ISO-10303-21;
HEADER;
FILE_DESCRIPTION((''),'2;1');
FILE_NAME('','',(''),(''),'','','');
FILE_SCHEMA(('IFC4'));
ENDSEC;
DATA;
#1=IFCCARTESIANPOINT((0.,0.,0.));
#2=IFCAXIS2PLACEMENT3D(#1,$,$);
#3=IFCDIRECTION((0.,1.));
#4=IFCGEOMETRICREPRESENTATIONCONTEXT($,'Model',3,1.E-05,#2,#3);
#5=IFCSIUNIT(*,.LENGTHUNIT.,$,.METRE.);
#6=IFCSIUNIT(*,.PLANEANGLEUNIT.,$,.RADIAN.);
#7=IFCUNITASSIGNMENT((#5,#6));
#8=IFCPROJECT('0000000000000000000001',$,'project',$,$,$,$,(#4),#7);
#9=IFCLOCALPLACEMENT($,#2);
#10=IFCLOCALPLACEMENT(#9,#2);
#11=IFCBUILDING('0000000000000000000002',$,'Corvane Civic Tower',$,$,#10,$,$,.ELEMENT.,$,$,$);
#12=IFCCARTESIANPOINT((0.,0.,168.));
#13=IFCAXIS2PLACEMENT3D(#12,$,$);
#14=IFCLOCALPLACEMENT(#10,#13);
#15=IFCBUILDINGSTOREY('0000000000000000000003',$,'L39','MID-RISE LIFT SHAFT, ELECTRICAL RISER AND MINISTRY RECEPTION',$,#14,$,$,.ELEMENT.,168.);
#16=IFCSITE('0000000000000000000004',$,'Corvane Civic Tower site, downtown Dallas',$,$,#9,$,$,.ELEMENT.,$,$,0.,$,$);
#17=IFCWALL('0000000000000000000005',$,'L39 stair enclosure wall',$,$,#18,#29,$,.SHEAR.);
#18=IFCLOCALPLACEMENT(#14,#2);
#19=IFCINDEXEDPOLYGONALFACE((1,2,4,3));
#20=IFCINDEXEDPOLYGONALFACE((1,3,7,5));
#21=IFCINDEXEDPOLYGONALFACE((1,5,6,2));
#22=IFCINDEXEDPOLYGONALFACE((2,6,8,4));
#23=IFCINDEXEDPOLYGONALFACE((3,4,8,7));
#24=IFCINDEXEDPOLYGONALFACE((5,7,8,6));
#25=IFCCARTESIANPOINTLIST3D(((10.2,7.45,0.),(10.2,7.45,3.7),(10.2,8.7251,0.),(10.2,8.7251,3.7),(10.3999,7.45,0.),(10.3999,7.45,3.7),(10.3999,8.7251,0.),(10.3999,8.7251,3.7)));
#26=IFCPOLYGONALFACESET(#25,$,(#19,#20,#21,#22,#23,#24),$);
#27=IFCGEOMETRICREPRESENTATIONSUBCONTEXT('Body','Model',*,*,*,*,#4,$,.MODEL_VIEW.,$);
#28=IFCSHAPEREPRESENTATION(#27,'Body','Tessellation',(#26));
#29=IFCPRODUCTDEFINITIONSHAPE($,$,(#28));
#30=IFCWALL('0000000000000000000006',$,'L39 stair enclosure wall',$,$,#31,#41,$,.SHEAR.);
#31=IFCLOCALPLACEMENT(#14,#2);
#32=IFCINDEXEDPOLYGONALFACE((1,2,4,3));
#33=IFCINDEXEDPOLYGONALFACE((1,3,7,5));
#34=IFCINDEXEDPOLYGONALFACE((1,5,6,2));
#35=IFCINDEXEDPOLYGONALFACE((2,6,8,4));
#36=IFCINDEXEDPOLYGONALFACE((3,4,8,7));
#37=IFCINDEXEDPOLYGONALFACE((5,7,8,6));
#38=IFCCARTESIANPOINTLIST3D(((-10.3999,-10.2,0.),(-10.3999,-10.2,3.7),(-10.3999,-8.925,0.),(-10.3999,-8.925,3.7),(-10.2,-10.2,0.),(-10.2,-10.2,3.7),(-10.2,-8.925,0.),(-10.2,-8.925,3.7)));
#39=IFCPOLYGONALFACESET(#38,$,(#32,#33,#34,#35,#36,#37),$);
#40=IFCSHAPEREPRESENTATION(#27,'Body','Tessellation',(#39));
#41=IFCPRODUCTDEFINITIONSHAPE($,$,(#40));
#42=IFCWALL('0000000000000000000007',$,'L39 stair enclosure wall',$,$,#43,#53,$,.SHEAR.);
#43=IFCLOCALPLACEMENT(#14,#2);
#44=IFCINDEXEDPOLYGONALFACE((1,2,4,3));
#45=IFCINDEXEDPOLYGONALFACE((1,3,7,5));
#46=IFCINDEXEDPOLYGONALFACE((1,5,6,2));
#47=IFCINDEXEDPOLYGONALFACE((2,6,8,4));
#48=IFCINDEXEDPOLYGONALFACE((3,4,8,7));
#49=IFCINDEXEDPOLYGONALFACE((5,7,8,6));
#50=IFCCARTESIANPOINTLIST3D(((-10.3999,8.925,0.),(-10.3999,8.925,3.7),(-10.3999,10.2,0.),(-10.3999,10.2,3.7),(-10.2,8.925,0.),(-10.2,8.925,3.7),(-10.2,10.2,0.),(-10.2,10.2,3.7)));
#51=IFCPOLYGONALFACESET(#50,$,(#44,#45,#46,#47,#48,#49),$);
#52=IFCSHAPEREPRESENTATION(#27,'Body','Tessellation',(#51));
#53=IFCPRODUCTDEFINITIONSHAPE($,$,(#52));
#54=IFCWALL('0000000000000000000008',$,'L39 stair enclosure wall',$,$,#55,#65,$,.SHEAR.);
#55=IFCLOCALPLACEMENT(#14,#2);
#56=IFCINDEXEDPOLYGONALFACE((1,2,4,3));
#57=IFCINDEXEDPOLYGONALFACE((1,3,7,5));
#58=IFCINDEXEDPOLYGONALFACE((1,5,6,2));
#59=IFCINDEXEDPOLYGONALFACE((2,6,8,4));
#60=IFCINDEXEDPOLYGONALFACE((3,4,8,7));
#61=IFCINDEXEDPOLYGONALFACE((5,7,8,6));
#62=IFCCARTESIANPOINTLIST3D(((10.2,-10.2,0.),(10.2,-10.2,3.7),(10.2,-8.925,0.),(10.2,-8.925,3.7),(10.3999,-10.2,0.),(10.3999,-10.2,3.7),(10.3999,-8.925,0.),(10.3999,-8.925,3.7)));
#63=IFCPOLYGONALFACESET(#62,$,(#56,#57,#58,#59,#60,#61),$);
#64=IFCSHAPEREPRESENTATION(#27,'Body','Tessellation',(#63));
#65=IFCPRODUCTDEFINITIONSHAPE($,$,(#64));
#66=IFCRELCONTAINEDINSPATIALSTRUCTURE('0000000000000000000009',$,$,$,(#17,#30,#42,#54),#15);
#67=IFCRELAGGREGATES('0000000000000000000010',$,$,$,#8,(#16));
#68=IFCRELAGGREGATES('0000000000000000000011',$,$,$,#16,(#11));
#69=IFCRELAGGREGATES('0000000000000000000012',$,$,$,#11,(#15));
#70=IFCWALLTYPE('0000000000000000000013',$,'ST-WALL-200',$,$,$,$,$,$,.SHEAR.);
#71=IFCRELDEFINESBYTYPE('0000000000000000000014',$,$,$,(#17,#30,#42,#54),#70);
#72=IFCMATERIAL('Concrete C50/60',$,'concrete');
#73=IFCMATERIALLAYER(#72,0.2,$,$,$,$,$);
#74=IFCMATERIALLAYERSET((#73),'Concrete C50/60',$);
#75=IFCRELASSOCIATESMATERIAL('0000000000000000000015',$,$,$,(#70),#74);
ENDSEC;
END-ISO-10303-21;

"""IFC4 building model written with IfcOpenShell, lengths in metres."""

from ifc_helpers import new_model, si_unit, direction, frame, origin, place, context, subcontext, project, spatial, polyline, outline, extrude, material, layer, layer_set, type_object, element, save


model = new_model("IFC4")

# Units and contexts
model_context = context("Model", 3, precision=1e-05, world=origin(), true_north=direction((0.0, 1.0)))
body_context = subcontext(model_context, "Body", "Model", "MODEL_VIEW")
ifc_project = project(units=[si_unit("LENGTHUNIT", "METRE"), si_unit("PLANEANGLEUNIT", "RADIAN")], contexts=[model_context])

# Site, building, storey
site_placement = place(None, origin())
site = spatial("IfcSite", under=ifc_project, at=site_placement, Name="Corvane Civic Tower site, downtown Dallas", CompositionType="ELEMENT", RefElevation=0.0)
building_placement = place(site_placement, origin())
building = spatial("IfcBuilding", under=site, at=building_placement, Name="Corvane Civic Tower", CompositionType="ELEMENT")
storey_placement = place(building_placement, frame((0.0, 0.0, 168.0)))
storey = spatial("IfcBuildingStorey", under=building, at=storey_placement, Name="L39", Description="MID-RISE LIFT SHAFT, ELECTRICAL RISER AND MINISTRY RECEPTION", CompositionType="ELEMENT", Elevation=168.0)

# Walls
ifc_material_1 = material(Name="Concrete C50/60", Category="concrete")
ifc_layer_1 = layer(ifc_material_1, 0.2)
ifc_layer_set_1 = layer_set([ifc_layer_1], Name="Concrete C50/60")
wall_type_1 = type_object("IfcWallType", Name="ST-WALL-200", PredefinedType="SHEAR", material=ifc_layer_set_1)
wall_1_placement = place(storey_placement, origin())
element("IfcWall", 1, at=wall_1_placement, inside=storey, type_object=wall_type_1, Name="L39 stair enclosure wall", PredefinedType="SHEAR", context=body_context, shape_type="SweptSolid", body=[
    extrude(outline(polyline([(10.3999, 8.7251), (10.3999, 7.45), (10.2, 7.45), (10.2, 8.7251), (10.3999, 8.7251)])), origin(), (0.0, 0.0, 1.0), 3.7),
])
wall_2_placement = place(storey_placement, origin())
element("IfcWall", 2, at=wall_2_placement, inside=storey, type_object=wall_type_1, Name="L39 stair enclosure wall", PredefinedType="SHEAR", context=body_context, shape_type="SweptSolid", body=[
    extrude(outline(polyline([(-10.2, -8.925), (-10.2, -10.2), (-10.3999, -10.2), (-10.3999, -8.925), (-10.2, -8.925)])), origin(), (0.0, 0.0, 1.0), 3.7),
])
wall_3_placement = place(storey_placement, origin())
element("IfcWall", 3, at=wall_3_placement, inside=storey, type_object=wall_type_1, Name="L39 stair enclosure wall", PredefinedType="SHEAR", context=body_context, shape_type="SweptSolid", body=[
    extrude(outline(polyline([(-10.2, 8.925), (-10.3999, 8.925), (-10.3999, 10.2), (-10.2, 10.2), (-10.2, 8.925)])), origin(), (0.0, 0.0, 1.0), 3.7),
])
wall_4_placement = place(storey_placement, origin())
element("IfcWall", 4, at=wall_4_placement, inside=storey, type_object=wall_type_1, Name="L39 stair enclosure wall", PredefinedType="SHEAR", context=body_context, shape_type="SweptSolid", body=[
    extrude(outline(polyline([(10.3999, -8.925), (10.3999, -10.2), (10.2, -10.2), (10.2, -8.925), (10.3999, -8.925)])), origin(), (0.0, 0.0, 1.0), 3.7),
])

save(model, "model.ifc")
